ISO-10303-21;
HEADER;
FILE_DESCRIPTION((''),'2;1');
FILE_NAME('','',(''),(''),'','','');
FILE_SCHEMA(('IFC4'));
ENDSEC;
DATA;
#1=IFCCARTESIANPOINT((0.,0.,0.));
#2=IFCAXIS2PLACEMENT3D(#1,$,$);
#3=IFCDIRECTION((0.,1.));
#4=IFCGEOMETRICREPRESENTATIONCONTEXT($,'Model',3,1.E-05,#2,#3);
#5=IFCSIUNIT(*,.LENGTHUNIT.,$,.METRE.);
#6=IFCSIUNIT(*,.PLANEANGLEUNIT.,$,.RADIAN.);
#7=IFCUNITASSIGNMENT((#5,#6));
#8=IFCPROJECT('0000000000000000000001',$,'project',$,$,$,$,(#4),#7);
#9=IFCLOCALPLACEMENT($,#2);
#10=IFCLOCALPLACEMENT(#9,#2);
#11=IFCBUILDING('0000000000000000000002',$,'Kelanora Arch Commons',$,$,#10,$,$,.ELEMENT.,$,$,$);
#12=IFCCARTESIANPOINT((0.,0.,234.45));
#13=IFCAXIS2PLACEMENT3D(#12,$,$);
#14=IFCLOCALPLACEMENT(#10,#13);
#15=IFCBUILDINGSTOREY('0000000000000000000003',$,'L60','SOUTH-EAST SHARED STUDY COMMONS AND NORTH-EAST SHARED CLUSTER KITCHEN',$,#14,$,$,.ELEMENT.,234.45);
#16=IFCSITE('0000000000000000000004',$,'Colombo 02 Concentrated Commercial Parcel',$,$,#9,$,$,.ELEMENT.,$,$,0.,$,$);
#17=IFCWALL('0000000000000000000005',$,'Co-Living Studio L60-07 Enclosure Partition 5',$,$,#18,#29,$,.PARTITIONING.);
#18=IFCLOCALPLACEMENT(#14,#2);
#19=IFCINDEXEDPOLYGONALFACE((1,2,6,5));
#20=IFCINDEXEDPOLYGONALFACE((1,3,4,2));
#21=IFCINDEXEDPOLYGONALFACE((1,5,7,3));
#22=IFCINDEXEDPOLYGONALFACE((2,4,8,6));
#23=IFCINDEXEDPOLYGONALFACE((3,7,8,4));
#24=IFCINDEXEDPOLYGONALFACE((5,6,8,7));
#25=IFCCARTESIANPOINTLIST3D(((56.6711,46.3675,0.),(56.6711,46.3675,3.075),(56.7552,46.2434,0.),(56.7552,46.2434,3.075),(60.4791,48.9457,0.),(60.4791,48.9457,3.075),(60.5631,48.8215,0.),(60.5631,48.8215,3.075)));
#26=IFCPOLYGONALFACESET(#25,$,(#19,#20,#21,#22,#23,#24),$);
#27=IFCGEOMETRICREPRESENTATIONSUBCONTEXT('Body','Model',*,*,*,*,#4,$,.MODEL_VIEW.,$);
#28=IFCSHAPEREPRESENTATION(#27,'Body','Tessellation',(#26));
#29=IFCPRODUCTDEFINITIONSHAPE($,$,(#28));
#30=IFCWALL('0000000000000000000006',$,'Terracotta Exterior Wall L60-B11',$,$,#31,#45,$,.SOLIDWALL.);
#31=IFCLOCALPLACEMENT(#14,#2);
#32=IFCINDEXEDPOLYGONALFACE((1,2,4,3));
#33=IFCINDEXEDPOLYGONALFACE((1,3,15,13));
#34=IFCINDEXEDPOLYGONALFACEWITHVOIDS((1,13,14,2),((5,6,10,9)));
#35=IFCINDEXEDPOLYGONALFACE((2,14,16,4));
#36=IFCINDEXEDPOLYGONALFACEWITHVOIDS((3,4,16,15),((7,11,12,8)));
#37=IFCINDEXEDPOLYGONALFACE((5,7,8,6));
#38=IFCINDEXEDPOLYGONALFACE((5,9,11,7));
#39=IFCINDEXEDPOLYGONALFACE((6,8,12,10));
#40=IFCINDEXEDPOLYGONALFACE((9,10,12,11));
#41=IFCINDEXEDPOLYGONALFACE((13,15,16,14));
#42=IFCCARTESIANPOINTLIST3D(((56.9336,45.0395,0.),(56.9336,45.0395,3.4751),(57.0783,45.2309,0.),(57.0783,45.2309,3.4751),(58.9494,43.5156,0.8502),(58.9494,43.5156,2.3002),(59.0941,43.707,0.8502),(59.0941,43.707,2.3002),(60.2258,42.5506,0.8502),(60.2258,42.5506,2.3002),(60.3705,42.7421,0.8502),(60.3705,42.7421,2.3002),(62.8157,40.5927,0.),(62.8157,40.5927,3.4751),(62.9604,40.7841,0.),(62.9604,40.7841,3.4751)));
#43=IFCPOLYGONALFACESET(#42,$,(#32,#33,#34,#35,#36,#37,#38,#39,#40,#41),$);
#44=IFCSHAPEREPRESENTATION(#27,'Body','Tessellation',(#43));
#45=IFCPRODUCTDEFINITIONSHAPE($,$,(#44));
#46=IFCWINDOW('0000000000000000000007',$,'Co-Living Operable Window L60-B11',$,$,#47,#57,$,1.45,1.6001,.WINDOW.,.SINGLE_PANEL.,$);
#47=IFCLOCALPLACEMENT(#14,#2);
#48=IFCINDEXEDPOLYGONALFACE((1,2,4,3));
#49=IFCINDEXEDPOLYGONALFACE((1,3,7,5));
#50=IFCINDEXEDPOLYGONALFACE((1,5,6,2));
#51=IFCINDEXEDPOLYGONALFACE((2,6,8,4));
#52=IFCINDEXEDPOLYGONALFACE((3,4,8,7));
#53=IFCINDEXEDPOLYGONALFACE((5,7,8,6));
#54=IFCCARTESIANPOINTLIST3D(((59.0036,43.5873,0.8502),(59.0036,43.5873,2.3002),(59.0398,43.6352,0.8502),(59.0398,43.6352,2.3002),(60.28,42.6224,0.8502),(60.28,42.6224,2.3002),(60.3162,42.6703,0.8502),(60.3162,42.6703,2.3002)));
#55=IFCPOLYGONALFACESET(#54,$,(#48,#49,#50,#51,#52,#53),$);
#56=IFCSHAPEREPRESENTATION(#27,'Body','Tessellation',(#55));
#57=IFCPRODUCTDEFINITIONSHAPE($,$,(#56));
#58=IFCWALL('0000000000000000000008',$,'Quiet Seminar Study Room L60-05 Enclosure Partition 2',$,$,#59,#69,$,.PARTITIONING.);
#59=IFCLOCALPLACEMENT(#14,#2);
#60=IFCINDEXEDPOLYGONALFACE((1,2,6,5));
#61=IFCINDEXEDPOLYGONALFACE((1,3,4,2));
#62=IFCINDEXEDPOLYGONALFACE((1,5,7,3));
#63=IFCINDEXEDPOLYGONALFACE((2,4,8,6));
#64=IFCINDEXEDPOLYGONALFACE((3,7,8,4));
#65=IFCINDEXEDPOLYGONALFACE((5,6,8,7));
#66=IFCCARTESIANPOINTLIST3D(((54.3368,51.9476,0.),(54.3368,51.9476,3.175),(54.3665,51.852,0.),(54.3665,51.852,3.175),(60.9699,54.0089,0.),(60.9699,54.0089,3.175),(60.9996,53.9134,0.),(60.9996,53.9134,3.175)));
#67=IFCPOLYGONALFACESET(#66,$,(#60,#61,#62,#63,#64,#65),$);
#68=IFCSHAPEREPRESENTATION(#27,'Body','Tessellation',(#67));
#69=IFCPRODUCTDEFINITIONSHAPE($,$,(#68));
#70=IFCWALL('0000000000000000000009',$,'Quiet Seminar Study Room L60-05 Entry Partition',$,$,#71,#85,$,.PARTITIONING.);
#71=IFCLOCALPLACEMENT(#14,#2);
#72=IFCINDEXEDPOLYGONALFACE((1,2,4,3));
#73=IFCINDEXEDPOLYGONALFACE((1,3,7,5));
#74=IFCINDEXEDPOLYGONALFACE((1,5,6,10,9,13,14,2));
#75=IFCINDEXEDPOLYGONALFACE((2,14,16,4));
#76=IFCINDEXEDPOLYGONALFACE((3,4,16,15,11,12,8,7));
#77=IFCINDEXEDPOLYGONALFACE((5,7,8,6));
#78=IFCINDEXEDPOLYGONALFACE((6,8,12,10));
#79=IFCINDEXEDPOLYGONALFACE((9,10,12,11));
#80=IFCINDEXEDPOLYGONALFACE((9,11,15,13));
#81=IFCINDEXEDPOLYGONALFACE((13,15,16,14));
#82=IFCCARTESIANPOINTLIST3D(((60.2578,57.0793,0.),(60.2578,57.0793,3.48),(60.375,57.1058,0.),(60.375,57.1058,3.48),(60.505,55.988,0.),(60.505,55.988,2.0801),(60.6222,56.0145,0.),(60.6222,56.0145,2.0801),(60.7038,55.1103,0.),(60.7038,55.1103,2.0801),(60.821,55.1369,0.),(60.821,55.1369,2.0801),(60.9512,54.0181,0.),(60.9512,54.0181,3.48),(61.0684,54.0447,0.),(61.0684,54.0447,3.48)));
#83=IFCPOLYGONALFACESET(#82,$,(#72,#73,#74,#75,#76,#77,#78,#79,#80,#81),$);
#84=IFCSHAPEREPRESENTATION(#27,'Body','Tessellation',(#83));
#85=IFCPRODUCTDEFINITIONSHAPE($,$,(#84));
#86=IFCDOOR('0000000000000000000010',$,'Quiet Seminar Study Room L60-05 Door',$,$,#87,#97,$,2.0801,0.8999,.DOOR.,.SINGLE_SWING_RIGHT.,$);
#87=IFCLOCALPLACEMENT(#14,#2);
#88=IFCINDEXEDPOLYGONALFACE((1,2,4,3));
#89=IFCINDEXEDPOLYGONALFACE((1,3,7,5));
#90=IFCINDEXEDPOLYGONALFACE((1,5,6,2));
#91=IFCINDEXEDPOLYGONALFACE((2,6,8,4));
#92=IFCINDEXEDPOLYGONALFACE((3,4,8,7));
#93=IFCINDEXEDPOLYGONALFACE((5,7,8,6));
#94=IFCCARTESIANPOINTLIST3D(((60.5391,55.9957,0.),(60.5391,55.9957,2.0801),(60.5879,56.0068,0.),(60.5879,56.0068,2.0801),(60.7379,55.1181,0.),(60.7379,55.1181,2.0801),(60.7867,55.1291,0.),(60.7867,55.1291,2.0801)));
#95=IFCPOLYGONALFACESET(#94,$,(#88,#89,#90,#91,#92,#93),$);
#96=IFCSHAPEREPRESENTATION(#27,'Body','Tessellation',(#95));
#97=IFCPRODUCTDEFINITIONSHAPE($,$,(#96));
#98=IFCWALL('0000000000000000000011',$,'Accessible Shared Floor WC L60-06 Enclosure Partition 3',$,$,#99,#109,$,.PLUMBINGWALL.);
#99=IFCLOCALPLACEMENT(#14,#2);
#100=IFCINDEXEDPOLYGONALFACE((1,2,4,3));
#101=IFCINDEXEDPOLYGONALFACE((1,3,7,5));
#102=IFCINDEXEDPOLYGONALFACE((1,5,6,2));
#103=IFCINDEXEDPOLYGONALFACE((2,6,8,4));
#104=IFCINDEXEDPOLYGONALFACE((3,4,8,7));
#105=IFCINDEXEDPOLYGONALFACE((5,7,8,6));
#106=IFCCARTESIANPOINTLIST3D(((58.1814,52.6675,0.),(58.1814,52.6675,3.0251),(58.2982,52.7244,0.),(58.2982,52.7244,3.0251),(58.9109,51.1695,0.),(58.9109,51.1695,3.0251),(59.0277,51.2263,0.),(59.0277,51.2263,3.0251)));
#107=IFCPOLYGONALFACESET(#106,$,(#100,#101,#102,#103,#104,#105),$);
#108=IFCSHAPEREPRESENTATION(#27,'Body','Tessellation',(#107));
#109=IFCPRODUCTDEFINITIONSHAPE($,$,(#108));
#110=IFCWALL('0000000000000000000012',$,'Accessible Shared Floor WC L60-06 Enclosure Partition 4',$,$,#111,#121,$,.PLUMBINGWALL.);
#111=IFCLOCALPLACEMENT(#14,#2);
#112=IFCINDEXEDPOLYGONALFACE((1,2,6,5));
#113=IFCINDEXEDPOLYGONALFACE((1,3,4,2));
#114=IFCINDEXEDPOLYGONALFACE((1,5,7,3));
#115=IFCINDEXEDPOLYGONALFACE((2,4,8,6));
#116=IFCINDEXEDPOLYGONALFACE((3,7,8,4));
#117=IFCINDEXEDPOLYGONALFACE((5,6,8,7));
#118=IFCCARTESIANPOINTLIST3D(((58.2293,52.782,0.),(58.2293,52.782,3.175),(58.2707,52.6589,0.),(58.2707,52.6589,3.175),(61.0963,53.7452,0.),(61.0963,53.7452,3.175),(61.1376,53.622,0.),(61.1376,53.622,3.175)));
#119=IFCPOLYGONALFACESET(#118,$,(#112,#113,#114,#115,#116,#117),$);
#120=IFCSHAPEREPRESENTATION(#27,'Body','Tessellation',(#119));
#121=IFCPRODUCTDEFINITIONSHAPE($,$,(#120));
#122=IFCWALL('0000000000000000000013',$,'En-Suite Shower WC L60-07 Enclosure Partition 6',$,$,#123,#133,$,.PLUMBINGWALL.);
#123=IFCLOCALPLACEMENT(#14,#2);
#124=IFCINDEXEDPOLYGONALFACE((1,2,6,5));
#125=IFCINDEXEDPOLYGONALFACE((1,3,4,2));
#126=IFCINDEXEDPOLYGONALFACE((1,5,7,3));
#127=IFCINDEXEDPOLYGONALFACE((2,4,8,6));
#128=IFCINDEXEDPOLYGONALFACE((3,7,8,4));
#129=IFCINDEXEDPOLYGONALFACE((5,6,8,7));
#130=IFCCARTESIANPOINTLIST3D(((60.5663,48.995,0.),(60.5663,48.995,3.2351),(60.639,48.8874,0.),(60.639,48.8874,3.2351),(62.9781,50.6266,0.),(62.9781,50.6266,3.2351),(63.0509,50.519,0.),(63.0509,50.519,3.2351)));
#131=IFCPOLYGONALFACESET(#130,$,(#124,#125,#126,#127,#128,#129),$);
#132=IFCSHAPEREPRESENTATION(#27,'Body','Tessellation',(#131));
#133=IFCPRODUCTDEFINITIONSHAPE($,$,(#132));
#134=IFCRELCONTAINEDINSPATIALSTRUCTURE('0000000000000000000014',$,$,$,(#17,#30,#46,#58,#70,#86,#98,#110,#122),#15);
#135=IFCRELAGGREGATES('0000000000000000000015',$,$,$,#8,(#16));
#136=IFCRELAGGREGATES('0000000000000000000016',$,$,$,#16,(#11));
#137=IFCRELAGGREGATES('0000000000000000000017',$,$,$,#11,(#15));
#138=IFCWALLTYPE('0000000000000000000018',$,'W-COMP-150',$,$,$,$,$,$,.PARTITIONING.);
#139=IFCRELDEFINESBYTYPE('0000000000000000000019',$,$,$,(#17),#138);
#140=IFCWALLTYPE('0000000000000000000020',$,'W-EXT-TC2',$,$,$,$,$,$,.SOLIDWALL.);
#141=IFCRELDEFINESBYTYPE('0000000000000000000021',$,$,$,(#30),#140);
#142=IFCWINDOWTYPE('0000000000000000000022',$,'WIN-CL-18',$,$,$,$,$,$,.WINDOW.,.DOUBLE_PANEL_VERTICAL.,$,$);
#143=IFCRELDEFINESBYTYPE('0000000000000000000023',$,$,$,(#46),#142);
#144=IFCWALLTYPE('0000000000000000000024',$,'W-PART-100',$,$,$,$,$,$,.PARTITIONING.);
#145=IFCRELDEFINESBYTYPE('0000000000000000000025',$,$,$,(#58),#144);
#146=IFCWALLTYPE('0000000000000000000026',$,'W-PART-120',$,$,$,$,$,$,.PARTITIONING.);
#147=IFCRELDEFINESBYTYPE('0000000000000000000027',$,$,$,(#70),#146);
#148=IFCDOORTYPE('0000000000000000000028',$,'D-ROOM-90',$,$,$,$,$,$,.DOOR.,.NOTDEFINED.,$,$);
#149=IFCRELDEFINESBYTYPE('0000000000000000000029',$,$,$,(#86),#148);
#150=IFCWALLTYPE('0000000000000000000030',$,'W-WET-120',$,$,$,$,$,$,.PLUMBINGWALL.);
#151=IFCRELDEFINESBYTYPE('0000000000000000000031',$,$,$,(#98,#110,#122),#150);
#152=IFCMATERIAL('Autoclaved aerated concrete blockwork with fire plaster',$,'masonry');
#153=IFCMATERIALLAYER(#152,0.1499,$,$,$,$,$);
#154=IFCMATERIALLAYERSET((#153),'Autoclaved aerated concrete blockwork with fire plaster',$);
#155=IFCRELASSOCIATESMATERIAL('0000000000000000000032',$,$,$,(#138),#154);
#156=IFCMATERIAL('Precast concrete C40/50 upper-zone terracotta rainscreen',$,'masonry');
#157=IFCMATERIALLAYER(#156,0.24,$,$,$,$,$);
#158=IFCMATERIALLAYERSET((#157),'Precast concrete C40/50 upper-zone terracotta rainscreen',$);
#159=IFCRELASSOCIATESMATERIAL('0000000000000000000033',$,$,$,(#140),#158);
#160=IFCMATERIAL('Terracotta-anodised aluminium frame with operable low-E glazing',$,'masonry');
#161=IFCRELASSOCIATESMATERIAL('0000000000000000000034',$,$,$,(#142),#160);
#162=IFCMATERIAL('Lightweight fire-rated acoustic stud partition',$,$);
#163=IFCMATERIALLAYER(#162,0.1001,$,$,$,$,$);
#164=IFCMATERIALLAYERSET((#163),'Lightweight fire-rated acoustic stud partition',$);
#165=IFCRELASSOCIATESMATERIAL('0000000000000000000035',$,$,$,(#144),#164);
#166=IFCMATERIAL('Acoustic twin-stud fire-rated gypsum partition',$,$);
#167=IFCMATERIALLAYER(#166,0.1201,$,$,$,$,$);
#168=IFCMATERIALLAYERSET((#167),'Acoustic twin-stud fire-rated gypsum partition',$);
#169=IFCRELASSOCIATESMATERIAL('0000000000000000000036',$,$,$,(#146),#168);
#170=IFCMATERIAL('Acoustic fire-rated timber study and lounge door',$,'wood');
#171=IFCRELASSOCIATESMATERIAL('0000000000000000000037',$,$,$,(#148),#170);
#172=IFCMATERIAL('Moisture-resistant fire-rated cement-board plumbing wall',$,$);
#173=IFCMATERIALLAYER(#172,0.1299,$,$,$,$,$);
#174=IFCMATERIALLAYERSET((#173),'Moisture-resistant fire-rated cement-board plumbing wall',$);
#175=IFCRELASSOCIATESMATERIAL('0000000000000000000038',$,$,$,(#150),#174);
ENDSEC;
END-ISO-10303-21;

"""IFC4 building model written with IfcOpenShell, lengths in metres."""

from ifc_helpers import new_model, si_unit, direction, frame, frame_2d, origin, place, context, subcontext, project, spatial, rectangle, extrude, material, layer, layer_set, type_object, element, fill, save


model = new_model("IFC4")

# Units and contexts
model_context = context("Model", 3, precision=1e-05, world=origin(), true_north=direction((0.0, 1.0)))
body_context = subcontext(model_context, "Body", "Model", "MODEL_VIEW")
ifc_project = project(units=[si_unit("LENGTHUNIT", "METRE"), si_unit("PLANEANGLEUNIT", "RADIAN")], contexts=[model_context])

# Site, building, storey
site_placement = place(None, origin())
site = spatial("IfcSite", under=ifc_project, at=site_placement, Name="Colombo 02 Concentrated Commercial Parcel", CompositionType="ELEMENT", RefElevation=0.0)
building_placement = place(site_placement, origin())
building = spatial("IfcBuilding", under=site, at=building_placement, Name="Kelanora Arch Commons", CompositionType="ELEMENT")
storey_placement = place(building_placement, frame((0.0, 0.0, 234.45)))
storey = spatial("IfcBuildingStorey", under=building, at=storey_placement, Name="L60", Description="SOUTH-EAST SHARED STUDY COMMONS AND NORTH-EAST SHARED CLUSTER KITCHEN", CompositionType="ELEMENT", Elevation=234.45)

# Wall
ifc_material_1 = material(Name="Autoclaved aerated concrete blockwork with fire plaster", Category="masonry")
ifc_layer_1 = layer(ifc_material_1, 0.1499)
ifc_layer_set_1 = layer_set([ifc_layer_1], Name="Autoclaved aerated concrete blockwork with fire plaster")
wall_type_1 = type_object("IfcWallType", Name="W-COMP-150", PredefinedType="PARTITIONING", material=ifc_layer_set_1)
wall_1_placement = place(storey_placement, frame((56.7131, 46.3054, 0.0), z_axis=(0.0, 0.0, 1.0), x_axis=(0.828059, 0.56064, 0.0)))
element("IfcWall", 1, at=wall_1_placement, inside=storey, type_object=wall_type_1, Name="Co-Living Studio L60-07 Enclosure Partition 5", PredefinedType="PARTITIONING", context=body_context, shape_type="SweptSolid", body=[
    extrude(rectangle(XDim=4.5986, YDim=0.1499, at=frame_2d((2.2993, 0.0))), origin(), (0.0, 0.0, 1.0), 3.075),
])

# Wall, opening, window
ifc_material_2 = material(Name="Precast concrete C40/50 upper-zone terracotta rainscreen", Category="masonry")
ifc_layer_2 = layer(ifc_material_2, 0.24)
ifc_layer_set_2 = layer_set([ifc_layer_2], Name="Precast concrete C40/50 upper-zone terracotta rainscreen")
wall_type_2 = type_object("IfcWallType", Name="W-EXT-TC2", PredefinedType="SOLIDWALL", material=ifc_layer_set_2)
wall_2_placement = place(storey_placement, frame((57.0059, 45.1353, 0.0), z_axis=(0.0, 0.0, 1.0), x_axis=(0.797702, -0.603052, 0.0)))
wall_2 = element("IfcWall", 2, at=wall_2_placement, inside=storey, type_object=wall_type_2, Name="Terracotta Exterior Wall L60-B11", PredefinedType="SOLIDWALL", context=body_context, shape_type="SweptSolid", body=[
    extrude(rectangle(XDim=7.3738, YDim=0.24, at=frame_2d((3.687, 0.0))), origin(), (0.0, 0.0, 1.0), 3.4751),
])
opening_1_placement = place(wall_2_placement, frame((2.5271, 0.0, 0.8501)))
opening_1 = element("IfcOpeningElement", 3, at=opening_1_placement, cuts=wall_2, PredefinedType="OPENING", context=body_context, shape_type="SweptSolid", body=[
    extrude(rectangle(XDim=1.6001, YDim=1.45, at=frame_2d((0.8, 0.7251))), frame((0.0, 0.1299, 0.0), z_axis=(0.0, -1.0, 0.0), x_axis=(1.0, 0.0, 0.0)), (0.0, 0.0, 1.0), 0.26),
])
ifc_material_3 = material(Name="Terracotta-anodised aluminium frame with operable low-E glazing", Category="masonry")
window_type = type_object("IfcWindowType", Name="WIN-CL-18", PartitioningType="DOUBLE_PANEL_VERTICAL", PredefinedType="WINDOW", material=ifc_material_3)
window_placement = place(opening_1_placement, origin())
window = element("IfcWindow", 4, at=window_placement, inside=storey, type_object=window_type, Name="Co-Living Operable Window L60-B11", OverallHeight=1.45, OverallWidth=1.6001, PartitioningType="SINGLE_PANEL", PredefinedType="WINDOW", context=body_context, shape_type="SweptSolid", body=[
    extrude(rectangle(XDim=1.6001, YDim=1.45, at=frame_2d((0.8, 0.7251))), frame((0.0, 0.03, 0.0), z_axis=(0.0, -1.0, 0.0), x_axis=(1.0, 0.0, 0.0)), (0.0, 0.0, 1.0), 0.0601),
])
fill(opening_1, window)

# Wall
ifc_material_4 = material(Name="Lightweight fire-rated acoustic stud partition")
ifc_layer_3 = layer(ifc_material_4, 0.1001)
ifc_layer_set_3 = layer_set([ifc_layer_3], Name="Lightweight fire-rated acoustic stud partition")
wall_type_3 = type_object("IfcWallType", Name="W-PART-100", PredefinedType="PARTITIONING", material=ifc_layer_set_3)
wall_3_placement = place(storey_placement, frame((60.9849, 53.9612, 0.0), z_axis=(0.0, 0.0, 1.0), x_axis=(-0.954952, -0.29676, 0.0)))
element("IfcWall", 5, at=wall_3_placement, inside=storey, type_object=wall_type_3, Name="Quiet Seminar Study Room L60-05 Enclosure Partition 2", PredefinedType="PARTITIONING", context=body_context, shape_type="SweptSolid", body=[
    extrude(rectangle(XDim=6.946, YDim=0.1001, at=frame_2d((3.4731, 0.0))), origin(), (0.0, 0.0, 1.0), 3.175),
])

# Wall, opening, door
ifc_material_5 = material(Name="Acoustic twin-stud fire-rated gypsum partition")
ifc_layer_4 = layer(ifc_material_5, 0.1201)
ifc_layer_set_4 = layer_set([ifc_layer_4], Name="Acoustic twin-stud fire-rated gypsum partition")
wall_type_4 = type_object("IfcWallType", Name="W-PART-120", PredefinedType="PARTITIONING", material=ifc_layer_set_4)
wall_4_placement = place(storey_placement, frame((60.3164, 57.0925, 0.0), z_axis=(0.0, 0.0, 1.0), x_axis=(0.220915, -0.975293, 0.0)))
wall_4 = element("IfcWall", 6, at=wall_4_placement, inside=storey, type_object=wall_type_4, Name="Quiet Seminar Study Room L60-05 Entry Partition", PredefinedType="PARTITIONING", context=body_context, shape_type="SweptSolid", body=[
    extrude(rectangle(XDim=3.1387, YDim=0.1201, at=frame_2d((1.5693, 0.0))), origin(), (0.0, 0.0, 1.0), 3.48),
])
opening_2_placement = place(wall_4_placement, frame((1.1189, 0.0, 0.0)))
opening_2 = element("IfcOpeningElement", 7, at=opening_2_placement, cuts=wall_4, PredefinedType="OPENING", context=body_context, shape_type="SweptSolid", body=[
    extrude(rectangle(XDim=0.8999, YDim=2.0801, at=frame_2d((0.45, 1.04))), frame((0.0, 0.0701, 0.0), z_axis=(0.0, -1.0, 0.0), x_axis=(1.0, 0.0, 0.0)), (0.0, 0.0, 1.0), 0.1401),
])
ifc_material_6 = material(Name="Acoustic fire-rated timber study and lounge door", Category="wood")
door_type = type_object("IfcDoorType", Name="D-ROOM-90", OperationType="NOTDEFINED", PredefinedType="DOOR", material=ifc_material_6)
door_placement = place(opening_2_placement, origin())
door = element("IfcDoor", 8, at=door_placement, inside=storey, type_object=door_type, Name="Quiet Seminar Study Room L60-05 Door", OperationType="SINGLE_SWING_RIGHT", OverallHeight=2.0801, OverallWidth=0.8999, PredefinedType="DOOR", context=body_context, shape_type="SweptSolid", body=[
    extrude(rectangle(XDim=0.8999, YDim=2.0801, at=frame_2d((0.45, 1.04))), frame((0.0, 0.0249, 0.0), z_axis=(0.0, -1.0, 0.0), x_axis=(1.0, 0.0, 0.0)), (0.0, 0.0, 1.0), 0.05),
])
fill(opening_2, door)

# Walls
ifc_material_7 = material(Name="Moisture-resistant fire-rated cement-board plumbing wall")
ifc_layer_5 = layer(ifc_material_7, 0.1299)
ifc_layer_set_5 = layer_set([ifc_layer_5], Name="Moisture-resistant fire-rated cement-board plumbing wall")
wall_type_5 = type_object("IfcWallType", Name="W-WET-120", PredefinedType="PLUMBINGWALL", material=ifc_layer_set_5)
wall_5_placement = place(storey_placement, frame((58.9692, 51.198, 0.0), z_axis=(0.0, 0.0, 1.0), x_axis=(-0.437812, 0.899067, 0.0)))
element("IfcWall", 9, at=wall_5_placement, inside=storey, type_object=wall_type_5, Name="Accessible Shared Floor WC L60-06 Enclosure Partition 3", PredefinedType="PLUMBINGWALL", context=body_context, shape_type="SweptSolid", body=[
    extrude(rectangle(XDim=1.6663, YDim=0.1299, at=frame_2d((0.833, 0.0))), origin(), (0.0, 0.0, 1.0), 3.0251),
])
wall_6_placement = place(storey_placement, frame((58.25, 52.7205, 0.0), z_axis=(0.0, 0.0, 1.0), x_axis=(0.947938, 0.318455, 0.0)))
element("IfcWall", 10, at=wall_6_placement, inside=storey, type_object=wall_type_5, Name="Accessible Shared Floor WC L60-06 Enclosure Partition 4", PredefinedType="PLUMBINGWALL", context=body_context, shape_type="SweptSolid", body=[
    extrude(rectangle(XDim=3.0244, YDim=0.1299, at=frame_2d((1.5122, 0.0))), origin(), (0.0, 0.0, 1.0), 3.175),
])
wall_7_placement = place(storey_placement, frame((60.6025, 48.9412, 0.0), z_axis=(0.0, 0.0, 1.0), x_axis=(0.828278, 0.560318, 0.0)))
element("IfcWall", 11, at=wall_7_placement, inside=storey, type_object=wall_type_5, Name="En-Suite Shower WC L60-07 Enclosure Partition 6", PredefinedType="PLUMBINGWALL", context=body_context, shape_type="SweptSolid", body=[
    extrude(rectangle(XDim=2.9119, YDim=0.1299, at=frame_2d((1.4561, 0.0))), origin(), (0.0, 0.0, 1.0), 3.2351),
])

save(model, "model.ifc")
